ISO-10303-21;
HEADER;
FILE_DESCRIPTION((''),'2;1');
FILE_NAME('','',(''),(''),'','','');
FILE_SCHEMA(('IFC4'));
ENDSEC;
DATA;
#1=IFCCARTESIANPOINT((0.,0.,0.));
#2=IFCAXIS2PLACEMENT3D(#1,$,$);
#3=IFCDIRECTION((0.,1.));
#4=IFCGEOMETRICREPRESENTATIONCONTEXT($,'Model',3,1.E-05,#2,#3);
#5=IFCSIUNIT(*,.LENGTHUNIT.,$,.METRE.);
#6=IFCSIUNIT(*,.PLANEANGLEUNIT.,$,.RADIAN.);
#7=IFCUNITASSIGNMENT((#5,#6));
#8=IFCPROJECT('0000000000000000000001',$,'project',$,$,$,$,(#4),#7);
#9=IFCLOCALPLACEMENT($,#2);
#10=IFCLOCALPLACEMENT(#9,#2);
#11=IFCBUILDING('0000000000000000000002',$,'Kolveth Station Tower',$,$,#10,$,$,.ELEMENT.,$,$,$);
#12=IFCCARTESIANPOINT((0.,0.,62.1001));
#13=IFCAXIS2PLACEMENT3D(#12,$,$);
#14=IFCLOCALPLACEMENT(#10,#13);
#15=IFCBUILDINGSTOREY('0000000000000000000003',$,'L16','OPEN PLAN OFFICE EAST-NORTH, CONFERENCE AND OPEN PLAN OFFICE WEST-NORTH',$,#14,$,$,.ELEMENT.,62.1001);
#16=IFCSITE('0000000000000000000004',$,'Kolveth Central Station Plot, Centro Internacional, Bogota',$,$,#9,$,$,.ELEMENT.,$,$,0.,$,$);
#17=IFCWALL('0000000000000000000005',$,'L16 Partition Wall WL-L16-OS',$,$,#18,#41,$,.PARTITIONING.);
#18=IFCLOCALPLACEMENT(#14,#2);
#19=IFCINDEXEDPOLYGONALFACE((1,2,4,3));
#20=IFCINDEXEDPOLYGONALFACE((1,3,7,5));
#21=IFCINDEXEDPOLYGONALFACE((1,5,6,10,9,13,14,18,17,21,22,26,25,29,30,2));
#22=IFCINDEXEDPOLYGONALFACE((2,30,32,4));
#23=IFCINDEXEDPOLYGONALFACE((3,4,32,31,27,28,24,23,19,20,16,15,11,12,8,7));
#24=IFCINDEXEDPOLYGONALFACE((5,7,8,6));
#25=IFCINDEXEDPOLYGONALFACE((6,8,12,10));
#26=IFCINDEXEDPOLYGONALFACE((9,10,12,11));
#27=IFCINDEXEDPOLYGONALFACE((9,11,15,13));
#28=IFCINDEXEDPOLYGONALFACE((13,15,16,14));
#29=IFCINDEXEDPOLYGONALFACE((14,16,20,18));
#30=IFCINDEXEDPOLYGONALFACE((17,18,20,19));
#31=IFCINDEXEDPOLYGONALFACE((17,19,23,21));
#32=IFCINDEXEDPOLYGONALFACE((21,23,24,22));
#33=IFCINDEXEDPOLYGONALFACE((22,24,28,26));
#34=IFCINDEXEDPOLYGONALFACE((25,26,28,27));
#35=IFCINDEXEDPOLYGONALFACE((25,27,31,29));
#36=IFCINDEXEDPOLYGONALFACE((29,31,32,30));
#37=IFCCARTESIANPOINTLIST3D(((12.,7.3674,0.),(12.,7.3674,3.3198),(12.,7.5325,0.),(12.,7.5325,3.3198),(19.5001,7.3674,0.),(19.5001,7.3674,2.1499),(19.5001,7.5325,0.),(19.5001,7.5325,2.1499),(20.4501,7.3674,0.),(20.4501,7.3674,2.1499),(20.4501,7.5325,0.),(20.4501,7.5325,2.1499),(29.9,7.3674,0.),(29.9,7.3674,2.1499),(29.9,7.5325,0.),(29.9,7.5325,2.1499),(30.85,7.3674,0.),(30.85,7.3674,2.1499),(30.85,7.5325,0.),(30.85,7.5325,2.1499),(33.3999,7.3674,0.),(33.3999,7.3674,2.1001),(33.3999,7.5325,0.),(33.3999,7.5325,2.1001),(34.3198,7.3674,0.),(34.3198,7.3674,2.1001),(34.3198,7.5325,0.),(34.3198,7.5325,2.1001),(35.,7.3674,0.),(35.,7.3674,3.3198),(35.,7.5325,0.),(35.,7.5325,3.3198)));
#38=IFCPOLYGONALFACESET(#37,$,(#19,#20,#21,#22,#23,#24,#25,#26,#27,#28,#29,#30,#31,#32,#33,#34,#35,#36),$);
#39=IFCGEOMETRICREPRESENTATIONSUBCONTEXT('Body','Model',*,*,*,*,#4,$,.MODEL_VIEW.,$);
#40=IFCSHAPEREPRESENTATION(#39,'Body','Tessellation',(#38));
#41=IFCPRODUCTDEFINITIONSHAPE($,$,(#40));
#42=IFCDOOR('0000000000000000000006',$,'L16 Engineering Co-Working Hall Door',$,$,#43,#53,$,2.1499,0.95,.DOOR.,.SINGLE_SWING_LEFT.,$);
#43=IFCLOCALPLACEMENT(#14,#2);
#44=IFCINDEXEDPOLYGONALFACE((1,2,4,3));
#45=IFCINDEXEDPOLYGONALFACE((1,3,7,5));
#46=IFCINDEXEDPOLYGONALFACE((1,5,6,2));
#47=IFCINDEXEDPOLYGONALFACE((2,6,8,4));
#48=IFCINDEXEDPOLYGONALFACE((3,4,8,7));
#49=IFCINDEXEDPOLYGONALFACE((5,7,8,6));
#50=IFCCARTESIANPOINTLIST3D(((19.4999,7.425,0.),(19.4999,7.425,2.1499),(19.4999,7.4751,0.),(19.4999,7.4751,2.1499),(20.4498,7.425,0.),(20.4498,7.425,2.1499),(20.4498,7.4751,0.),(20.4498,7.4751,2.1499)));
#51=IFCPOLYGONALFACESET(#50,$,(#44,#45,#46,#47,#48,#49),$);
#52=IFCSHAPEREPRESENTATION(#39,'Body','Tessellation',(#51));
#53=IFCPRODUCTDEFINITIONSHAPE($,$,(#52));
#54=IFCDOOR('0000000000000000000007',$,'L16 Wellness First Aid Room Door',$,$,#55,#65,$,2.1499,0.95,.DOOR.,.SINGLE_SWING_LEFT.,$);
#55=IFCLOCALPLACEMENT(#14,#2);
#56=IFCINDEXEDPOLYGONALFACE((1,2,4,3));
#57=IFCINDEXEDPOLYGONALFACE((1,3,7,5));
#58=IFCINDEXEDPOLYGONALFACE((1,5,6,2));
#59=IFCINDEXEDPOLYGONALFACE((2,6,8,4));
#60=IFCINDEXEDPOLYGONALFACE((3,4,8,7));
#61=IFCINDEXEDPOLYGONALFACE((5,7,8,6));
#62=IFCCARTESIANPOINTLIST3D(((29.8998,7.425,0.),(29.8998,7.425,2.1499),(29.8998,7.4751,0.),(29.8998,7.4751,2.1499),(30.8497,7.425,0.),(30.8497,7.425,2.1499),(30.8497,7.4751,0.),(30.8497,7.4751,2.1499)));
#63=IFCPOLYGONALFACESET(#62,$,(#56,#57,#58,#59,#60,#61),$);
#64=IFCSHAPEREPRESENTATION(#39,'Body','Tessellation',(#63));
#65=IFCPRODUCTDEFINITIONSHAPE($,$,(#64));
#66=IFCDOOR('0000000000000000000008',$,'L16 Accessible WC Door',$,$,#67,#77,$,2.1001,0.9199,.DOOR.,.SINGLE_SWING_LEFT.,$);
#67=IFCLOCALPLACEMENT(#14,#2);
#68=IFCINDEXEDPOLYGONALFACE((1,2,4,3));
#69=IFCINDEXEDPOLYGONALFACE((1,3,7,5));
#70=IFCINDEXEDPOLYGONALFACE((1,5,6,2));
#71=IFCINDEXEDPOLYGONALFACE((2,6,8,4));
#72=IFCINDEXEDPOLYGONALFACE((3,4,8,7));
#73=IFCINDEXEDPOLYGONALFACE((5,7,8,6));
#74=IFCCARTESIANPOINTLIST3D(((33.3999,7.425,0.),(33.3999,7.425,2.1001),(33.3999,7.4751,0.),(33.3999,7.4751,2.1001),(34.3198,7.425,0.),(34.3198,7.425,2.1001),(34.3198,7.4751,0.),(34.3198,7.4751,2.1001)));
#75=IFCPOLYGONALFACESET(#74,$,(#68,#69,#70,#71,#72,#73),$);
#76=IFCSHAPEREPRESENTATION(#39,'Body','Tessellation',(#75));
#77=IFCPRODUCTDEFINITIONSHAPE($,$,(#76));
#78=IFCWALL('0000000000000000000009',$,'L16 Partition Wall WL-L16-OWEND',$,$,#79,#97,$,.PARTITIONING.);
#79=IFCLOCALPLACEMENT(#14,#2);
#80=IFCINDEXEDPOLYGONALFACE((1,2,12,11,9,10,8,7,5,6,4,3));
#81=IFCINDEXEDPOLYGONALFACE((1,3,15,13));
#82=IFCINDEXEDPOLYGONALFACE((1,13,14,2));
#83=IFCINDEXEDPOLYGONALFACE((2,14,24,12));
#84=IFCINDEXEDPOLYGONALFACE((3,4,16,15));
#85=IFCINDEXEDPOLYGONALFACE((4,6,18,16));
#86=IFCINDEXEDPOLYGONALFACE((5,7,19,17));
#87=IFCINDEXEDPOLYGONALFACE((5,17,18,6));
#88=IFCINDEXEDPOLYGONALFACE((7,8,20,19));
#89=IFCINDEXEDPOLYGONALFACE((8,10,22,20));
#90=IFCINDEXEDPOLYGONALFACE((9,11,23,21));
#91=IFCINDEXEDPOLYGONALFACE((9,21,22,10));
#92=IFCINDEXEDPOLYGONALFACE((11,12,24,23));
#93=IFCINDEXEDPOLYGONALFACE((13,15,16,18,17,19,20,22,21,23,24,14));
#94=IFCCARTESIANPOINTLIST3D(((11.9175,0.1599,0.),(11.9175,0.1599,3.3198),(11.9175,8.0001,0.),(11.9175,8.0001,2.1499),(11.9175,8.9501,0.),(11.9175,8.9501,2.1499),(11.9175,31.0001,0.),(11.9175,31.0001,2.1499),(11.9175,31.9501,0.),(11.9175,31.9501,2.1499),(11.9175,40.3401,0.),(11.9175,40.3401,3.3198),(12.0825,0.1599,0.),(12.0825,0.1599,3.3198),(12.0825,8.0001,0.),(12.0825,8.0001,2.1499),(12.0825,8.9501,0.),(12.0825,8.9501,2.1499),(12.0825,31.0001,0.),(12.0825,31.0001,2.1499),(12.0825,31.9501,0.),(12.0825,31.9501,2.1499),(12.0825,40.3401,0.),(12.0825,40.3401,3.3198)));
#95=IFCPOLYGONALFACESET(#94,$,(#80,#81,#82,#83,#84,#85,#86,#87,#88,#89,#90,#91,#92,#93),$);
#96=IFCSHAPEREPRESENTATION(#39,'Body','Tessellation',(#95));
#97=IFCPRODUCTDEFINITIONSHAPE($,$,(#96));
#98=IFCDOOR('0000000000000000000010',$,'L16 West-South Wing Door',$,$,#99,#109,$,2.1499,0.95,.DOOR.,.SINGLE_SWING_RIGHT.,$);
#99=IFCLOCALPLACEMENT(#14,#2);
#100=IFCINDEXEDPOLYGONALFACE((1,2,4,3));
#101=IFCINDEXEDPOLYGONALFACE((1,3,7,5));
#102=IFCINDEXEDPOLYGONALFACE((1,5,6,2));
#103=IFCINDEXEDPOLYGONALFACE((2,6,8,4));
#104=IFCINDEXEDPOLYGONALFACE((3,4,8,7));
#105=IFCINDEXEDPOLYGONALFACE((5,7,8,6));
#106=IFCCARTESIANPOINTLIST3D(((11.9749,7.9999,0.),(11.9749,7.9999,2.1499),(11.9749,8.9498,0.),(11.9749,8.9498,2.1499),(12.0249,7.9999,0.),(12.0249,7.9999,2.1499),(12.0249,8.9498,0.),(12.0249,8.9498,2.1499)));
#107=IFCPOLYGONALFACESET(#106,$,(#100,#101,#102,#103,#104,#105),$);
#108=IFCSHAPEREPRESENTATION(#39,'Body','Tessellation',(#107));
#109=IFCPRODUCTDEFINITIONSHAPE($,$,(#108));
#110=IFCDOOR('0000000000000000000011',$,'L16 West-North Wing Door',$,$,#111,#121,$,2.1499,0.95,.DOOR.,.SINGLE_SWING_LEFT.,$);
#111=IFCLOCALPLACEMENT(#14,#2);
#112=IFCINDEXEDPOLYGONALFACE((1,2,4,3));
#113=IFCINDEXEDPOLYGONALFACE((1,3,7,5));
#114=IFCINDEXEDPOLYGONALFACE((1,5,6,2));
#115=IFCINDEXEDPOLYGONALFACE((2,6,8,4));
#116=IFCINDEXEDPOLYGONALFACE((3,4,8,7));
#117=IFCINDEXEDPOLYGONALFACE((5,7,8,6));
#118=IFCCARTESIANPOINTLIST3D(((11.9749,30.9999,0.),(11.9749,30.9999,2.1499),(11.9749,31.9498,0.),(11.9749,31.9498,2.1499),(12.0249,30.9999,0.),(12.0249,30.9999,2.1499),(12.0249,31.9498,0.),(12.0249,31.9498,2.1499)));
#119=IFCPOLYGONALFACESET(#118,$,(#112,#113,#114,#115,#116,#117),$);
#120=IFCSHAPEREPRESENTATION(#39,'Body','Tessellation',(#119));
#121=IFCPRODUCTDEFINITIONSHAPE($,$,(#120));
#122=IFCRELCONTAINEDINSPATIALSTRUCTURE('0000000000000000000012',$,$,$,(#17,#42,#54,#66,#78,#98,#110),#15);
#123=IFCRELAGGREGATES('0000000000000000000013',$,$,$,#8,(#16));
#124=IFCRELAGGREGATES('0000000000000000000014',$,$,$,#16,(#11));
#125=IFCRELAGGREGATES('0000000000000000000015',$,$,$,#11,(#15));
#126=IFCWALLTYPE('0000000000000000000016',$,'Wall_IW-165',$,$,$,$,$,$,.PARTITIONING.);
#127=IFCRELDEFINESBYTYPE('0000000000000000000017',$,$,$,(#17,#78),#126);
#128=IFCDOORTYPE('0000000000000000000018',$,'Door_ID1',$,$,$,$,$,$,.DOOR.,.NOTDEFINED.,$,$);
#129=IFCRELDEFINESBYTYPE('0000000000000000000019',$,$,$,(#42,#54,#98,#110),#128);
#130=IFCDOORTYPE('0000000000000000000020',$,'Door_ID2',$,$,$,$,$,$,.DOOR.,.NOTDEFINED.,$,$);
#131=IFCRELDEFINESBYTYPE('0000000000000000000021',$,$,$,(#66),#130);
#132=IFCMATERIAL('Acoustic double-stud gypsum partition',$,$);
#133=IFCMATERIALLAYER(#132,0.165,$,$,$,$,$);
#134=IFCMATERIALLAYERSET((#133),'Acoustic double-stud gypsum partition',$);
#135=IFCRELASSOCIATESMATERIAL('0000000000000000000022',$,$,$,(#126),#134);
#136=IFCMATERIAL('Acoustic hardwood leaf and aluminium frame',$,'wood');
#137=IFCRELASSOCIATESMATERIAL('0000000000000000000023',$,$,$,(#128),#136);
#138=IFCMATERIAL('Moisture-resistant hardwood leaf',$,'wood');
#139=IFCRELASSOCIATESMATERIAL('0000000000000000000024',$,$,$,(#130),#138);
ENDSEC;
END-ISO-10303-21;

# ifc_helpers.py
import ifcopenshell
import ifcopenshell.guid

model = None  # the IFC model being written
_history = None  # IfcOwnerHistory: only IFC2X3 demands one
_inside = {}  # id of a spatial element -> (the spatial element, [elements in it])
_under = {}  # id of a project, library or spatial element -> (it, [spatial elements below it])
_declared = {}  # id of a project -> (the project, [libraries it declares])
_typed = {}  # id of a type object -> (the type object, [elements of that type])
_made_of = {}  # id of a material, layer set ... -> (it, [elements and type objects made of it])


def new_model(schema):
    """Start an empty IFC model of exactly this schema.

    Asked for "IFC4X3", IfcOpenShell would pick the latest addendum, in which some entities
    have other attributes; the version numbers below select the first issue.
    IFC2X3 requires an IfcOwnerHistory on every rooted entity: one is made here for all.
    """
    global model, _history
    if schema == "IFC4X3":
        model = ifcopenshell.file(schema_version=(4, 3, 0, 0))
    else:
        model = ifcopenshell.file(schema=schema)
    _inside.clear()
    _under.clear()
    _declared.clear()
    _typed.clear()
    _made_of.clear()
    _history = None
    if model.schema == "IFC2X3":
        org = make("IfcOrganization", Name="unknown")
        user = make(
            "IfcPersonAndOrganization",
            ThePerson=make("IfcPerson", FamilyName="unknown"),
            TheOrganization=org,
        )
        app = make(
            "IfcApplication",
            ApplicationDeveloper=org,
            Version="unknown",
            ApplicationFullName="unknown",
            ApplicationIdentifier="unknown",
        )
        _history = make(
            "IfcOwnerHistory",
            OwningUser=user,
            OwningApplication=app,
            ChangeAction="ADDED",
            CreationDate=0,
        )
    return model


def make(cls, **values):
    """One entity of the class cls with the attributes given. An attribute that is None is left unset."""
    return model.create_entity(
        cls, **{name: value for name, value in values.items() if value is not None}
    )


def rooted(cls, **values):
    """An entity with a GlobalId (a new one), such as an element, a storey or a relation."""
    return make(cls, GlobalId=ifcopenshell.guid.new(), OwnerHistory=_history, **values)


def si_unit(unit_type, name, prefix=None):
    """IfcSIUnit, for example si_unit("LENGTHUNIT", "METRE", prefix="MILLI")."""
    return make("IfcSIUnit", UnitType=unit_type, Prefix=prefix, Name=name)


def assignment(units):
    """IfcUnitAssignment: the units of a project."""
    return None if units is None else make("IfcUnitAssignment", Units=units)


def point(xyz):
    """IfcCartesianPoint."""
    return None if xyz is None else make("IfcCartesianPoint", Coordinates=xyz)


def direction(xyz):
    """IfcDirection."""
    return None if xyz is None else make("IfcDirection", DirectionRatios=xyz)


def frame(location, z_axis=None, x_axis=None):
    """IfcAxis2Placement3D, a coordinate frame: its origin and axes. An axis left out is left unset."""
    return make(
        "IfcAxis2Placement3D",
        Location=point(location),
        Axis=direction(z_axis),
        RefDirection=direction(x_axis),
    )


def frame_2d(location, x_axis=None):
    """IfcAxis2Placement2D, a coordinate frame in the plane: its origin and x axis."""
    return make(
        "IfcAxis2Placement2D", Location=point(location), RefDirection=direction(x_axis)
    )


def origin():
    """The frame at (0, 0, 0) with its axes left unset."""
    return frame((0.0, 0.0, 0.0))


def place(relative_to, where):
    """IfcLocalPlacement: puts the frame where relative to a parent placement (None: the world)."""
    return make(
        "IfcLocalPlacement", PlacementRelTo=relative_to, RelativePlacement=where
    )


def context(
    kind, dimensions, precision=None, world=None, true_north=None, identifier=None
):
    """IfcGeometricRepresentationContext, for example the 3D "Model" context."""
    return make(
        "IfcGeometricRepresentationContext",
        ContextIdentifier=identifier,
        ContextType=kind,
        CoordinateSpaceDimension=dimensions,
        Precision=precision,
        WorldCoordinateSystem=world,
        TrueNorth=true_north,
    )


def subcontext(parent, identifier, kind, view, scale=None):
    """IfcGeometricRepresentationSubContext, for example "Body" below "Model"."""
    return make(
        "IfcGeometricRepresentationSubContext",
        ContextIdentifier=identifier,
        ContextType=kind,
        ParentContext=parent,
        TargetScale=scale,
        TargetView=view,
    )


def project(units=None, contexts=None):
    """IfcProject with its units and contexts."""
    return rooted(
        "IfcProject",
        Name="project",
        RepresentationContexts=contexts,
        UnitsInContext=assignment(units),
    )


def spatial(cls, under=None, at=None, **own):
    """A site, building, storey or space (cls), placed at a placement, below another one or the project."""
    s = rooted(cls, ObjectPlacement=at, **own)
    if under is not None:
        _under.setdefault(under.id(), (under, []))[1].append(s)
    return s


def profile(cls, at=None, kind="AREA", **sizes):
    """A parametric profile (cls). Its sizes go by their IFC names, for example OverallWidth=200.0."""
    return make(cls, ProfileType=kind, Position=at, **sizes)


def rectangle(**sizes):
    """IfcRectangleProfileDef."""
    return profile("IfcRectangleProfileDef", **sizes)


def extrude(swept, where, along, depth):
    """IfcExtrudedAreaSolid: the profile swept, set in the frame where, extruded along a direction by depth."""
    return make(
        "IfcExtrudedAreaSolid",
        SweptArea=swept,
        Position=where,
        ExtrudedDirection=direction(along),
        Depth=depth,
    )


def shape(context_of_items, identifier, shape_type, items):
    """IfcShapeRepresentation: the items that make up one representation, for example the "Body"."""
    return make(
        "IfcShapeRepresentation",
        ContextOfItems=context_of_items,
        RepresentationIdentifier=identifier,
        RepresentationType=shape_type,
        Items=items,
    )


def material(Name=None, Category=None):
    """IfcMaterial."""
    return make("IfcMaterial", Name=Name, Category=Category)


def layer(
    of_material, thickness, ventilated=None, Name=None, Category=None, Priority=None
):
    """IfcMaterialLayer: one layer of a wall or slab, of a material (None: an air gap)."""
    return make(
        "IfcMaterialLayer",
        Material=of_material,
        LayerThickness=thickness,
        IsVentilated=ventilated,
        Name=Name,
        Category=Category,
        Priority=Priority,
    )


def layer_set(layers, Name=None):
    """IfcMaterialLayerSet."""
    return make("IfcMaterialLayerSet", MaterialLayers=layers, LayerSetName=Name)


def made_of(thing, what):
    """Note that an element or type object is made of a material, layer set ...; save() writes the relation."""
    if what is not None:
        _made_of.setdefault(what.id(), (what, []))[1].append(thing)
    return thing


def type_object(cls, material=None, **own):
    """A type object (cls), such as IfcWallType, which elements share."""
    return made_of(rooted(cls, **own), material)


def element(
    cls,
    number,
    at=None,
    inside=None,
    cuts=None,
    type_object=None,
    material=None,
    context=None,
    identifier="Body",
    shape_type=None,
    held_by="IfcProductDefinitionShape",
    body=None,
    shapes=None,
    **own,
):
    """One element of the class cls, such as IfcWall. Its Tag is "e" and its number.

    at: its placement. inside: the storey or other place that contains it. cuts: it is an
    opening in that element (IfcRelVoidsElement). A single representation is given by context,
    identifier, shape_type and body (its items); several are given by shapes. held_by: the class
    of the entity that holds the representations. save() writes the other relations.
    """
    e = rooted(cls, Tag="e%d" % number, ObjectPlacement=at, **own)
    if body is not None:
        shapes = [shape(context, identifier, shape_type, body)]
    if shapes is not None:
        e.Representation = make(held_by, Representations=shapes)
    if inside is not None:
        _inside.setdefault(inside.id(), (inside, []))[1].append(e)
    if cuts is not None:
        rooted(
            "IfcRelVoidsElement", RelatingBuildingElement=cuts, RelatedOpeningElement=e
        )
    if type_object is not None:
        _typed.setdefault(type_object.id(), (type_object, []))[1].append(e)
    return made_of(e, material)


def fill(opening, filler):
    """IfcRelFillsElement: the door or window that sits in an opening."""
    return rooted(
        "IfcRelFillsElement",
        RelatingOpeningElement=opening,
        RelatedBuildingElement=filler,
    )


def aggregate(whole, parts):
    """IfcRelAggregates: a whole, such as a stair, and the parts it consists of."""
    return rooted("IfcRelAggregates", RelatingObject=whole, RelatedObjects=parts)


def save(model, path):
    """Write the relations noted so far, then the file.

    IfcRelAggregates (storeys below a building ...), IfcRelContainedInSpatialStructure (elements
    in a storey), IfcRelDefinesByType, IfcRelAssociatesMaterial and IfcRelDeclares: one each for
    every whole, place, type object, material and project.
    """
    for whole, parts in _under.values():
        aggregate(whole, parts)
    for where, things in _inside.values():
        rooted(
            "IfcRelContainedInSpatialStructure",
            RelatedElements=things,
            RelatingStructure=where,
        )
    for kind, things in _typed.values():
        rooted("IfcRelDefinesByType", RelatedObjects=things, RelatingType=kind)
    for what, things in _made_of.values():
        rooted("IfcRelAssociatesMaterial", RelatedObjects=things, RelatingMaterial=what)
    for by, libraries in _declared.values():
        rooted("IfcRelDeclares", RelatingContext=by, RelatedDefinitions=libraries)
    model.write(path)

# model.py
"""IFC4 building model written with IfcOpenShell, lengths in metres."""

from ifc_helpers import new_model, si_unit, direction, frame, frame_2d, origin, place, context, subcontext, project, spatial, rectangle, extrude, material, layer, layer_set, type_object, element, fill, save


model = new_model("IFC4")

# Units and contexts
model_context = context("Model", 3, precision=1e-05, world=origin(), true_north=direction((0.0, 1.0)))
body_context = subcontext(model_context, "Body", "Model", "MODEL_VIEW")
ifc_project = project(units=[si_unit("LENGTHUNIT", "METRE"), si_unit("PLANEANGLEUNIT", "RADIAN")], contexts=[model_context])

# Site, building, storey
site_placement = place(None, origin())
site = spatial("IfcSite", under=ifc_project, at=site_placement, Name="Kolveth Central Station Plot, Centro Internacional, Bogota", CompositionType="ELEMENT", RefElevation=0.0)
building_placement = place(site_placement, origin())
building = spatial("IfcBuilding", under=site, at=building_placement, Name="Kolveth Station Tower", CompositionType="ELEMENT")
storey_placement = place(building_placement, frame((0.0, 0.0, 62.1001)))
storey = spatial("IfcBuildingStorey", under=building, at=storey_placement, Name="L16", Description="OPEN PLAN OFFICE EAST-NORTH, CONFERENCE AND OPEN PLAN OFFICE WEST-NORTH", CompositionType="ELEMENT", Elevation=62.1001)

# Walls, openings, doors
ifc_material_1 = material(Name="Acoustic double-stud gypsum partition")
ifc_layer_1 = layer(ifc_material_1, 0.165)
ifc_layer_set_1 = layer_set([ifc_layer_1], Name="Acoustic double-stud gypsum partition")
wall_type = type_object("IfcWallType", Name="Wall_IW-165", PredefinedType="PARTITIONING", material=ifc_layer_set_1)
wall_1_placement = place(storey_placement, frame((12.0, 7.45, 0.0), z_axis=(0.0, 0.0, 1.0), x_axis=(1.0, 0.0, 0.0)))
wall_1 = element("IfcWall", 1, at=wall_1_placement, inside=storey, type_object=wall_type, Name="L16 Partition Wall WL-L16-OS", PredefinedType="PARTITIONING", context=body_context, shape_type="SweptSolid", body=[
    extrude(rectangle(XDim=23.0, YDim=0.165, at=frame_2d((11.5, 0.0))), origin(), (0.0, 0.0, 1.0), 3.3198),
])
opening_1_placement = place(wall_1_placement, frame((7.5, 0.0, 0.0)))
opening_1 = element("IfcOpeningElement", 2, at=opening_1_placement, cuts=wall_1, PredefinedType="OPENING", context=body_context, shape_type="SweptSolid", body=[
    extrude(rectangle(XDim=0.95, YDim=2.1499, at=frame_2d((0.4751, 1.075))), frame((0.0, 0.0925, 0.0), z_axis=(0.0, -1.0, 0.0), x_axis=(1.0, 0.0, 0.0)), (0.0, 0.0, 1.0), 0.1851),
])
opening_2_placement = place(wall_1_placement, frame((17.8999, 0.0, 0.0)))
opening_2 = element("IfcOpeningElement", 3, at=opening_2_placement, cuts=wall_1, PredefinedType="OPENING", context=body_context, shape_type="SweptSolid", body=[
    extrude(rectangle(XDim=0.95, YDim=2.1499, at=frame_2d((0.4751, 1.075))), frame((0.0, 0.0925, 0.0), z_axis=(0.0, -1.0, 0.0), x_axis=(1.0, 0.0, 0.0)), (0.0, 0.0, 1.0), 0.1851),
])
opening_3_placement = place(wall_1_placement, frame((21.3999, 0.0, 0.0)))
opening_3 = element("IfcOpeningElement", 4, at=opening_3_placement, cuts=wall_1, PredefinedType="OPENING", context=body_context, shape_type="SweptSolid", body=[
    extrude(rectangle(XDim=0.9199, YDim=2.1001, at=frame_2d((0.46, 1.05))), frame((0.0, 0.0925, 0.0), z_axis=(0.0, -1.0, 0.0), x_axis=(1.0, 0.0, 0.0)), (0.0, 0.0, 1.0), 0.1851),
])
ifc_material_2 = material(Name="Acoustic hardwood leaf and aluminium frame", Category="wood")
door_type_1 = type_object("IfcDoorType", Name="Door_ID1", OperationType="NOTDEFINED", PredefinedType="DOOR", material=ifc_material_2)
door_1_placement = place(opening_1_placement, frame((0.95, 0.0, 0.0), z_axis=(0.0, 0.0, 1.0), x_axis=(-1.0, 0.0, 0.0)))
door_1 = element("IfcDoor", 5, at=door_1_placement, inside=storey, type_object=door_type_1, Name="L16 Engineering Co-Working Hall Door", OperationType="SINGLE_SWING_LEFT", OverallHeight=2.1499, OverallWidth=0.95, PredefinedType="DOOR", context=body_context, shape_type="SweptSolid", body=[
    extrude(rectangle(XDim=0.95, YDim=2.1499, at=frame_2d((0.4751, 1.075))), frame((0.0, 0.0249, 0.0), z_axis=(0.0, -1.0, 0.0), x_axis=(1.0, 0.0, 0.0)), (0.0, 0.0, 1.0), 0.05),
])
fill(opening_1, door_1)
door_2_placement = place(opening_2_placement, frame((0.95, 0.0, 0.0), z_axis=(0.0, 0.0, 1.0), x_axis=(-1.0, 0.0, 0.0)))
door_2 = element("IfcDoor", 6, at=door_2_placement, inside=storey, type_object=door_type_1, Name="L16 Wellness First Aid Room Door", OperationType="SINGLE_SWING_LEFT", OverallHeight=2.1499, OverallWidth=0.95, PredefinedType="DOOR", context=body_context, shape_type="SweptSolid", body=[
    extrude(rectangle(XDim=0.95, YDim=2.1499, at=frame_2d((0.4751, 1.075))), frame((0.0, 0.0249, 0.0), z_axis=(0.0, -1.0, 0.0), x_axis=(1.0, 0.0, 0.0)), (0.0, 0.0, 1.0), 0.05),
])
fill(opening_2, door_2)
ifc_material_3 = material(Name="Moisture-resistant hardwood leaf", Category="wood")
door_type_2 = type_object("IfcDoorType", Name="Door_ID2", OperationType="NOTDEFINED", PredefinedType="DOOR", material=ifc_material_3)
door_3_placement = place(opening_3_placement, frame((0.9199, 0.0, 0.0), z_axis=(0.0, 0.0, 1.0), x_axis=(-1.0, 0.0, 0.0)))
door_3 = element("IfcDoor", 7, at=door_3_placement, inside=storey, type_object=door_type_2, Name="L16 Accessible WC Door", OperationType="SINGLE_SWING_LEFT", OverallHeight=2.1001, OverallWidth=0.9199, PredefinedType="DOOR", context=body_context, shape_type="SweptSolid", body=[
    extrude(rectangle(XDim=0.9199, YDim=2.1001, at=frame_2d((0.46, 1.05))), frame((0.0, 0.0249, 0.0), z_axis=(0.0, -1.0, 0.0), x_axis=(1.0, 0.0, 0.0)), (0.0, 0.0, 1.0), 0.05),
])
fill(opening_3, door_3)
wall_2_placement = place(storey_placement, frame((12.0, 0.1599, 0.0), z_axis=(0.0, 0.0, 1.0), x_axis=(0.0, 1.0, 0.0)))
wall_2 = element("IfcWall", 8, at=wall_2_placement, inside=storey, type_object=wall_type, Name="L16 Partition Wall WL-L16-OWEND", PredefinedType="PARTITIONING", context=body_context, shape_type="SweptSolid", body=[
    extrude(rectangle(XDim=40.1802, YDim=0.165, at=frame_2d((20.0901, 0.0))), origin(), (0.0, 0.0, 1.0), 3.3198),
])
opening_4_placement = place(wall_2_placement, frame((7.8401, 0.0, 0.0)))
opening_4 = element("IfcOpeningElement", 9, at=opening_4_placement, cuts=wall_2, PredefinedType="OPENING", context=body_context, shape_type="SweptSolid", body=[
    extrude(rectangle(XDim=0.95, YDim=2.1499, at=frame_2d((0.4751, 1.075))), frame((0.0, 0.0925, 0.0), z_axis=(0.0, -1.0, 0.0), x_axis=(1.0, 0.0, 0.0)), (0.0, 0.0, 1.0), 0.1851),
])
opening_5_placement = place(wall_2_placement, frame((30.8401, 0.0, 0.0)))
opening_5 = element("IfcOpeningElement", 10, at=opening_5_placement, cuts=wall_2, PredefinedType="OPENING", context=body_context, shape_type="SweptSolid", body=[
    extrude(rectangle(XDim=0.95, YDim=2.1499, at=frame_2d((0.4751, 1.075))), frame((0.0, 0.0925, 0.0), z_axis=(0.0, -1.0, 0.0), x_axis=(1.0, 0.0, 0.0)), (0.0, 0.0, 1.0), 0.1851),
])
door_4_placement = place(opening_4_placement, frame((0.95, 0.0, 0.0), z_axis=(0.0, 0.0, 1.0), x_axis=(-1.0, 0.0, 0.0)))
door_4 = element("IfcDoor", 11, at=door_4_placement, inside=storey, type_object=door_type_1, Name="L16 West-South Wing Door", OperationType="SINGLE_SWING_RIGHT", OverallHeight=2.1499, OverallWidth=0.95, PredefinedType="DOOR", context=body_context, shape_type="SweptSolid", body=[
    extrude(rectangle(XDim=0.95, YDim=2.1499, at=frame_2d((0.4751, 1.075))), frame((0.0, 0.0249, 0.0), z_axis=(0.0, -1.0, 0.0), x_axis=(1.0, 0.0, 0.0)), (0.0, 0.0, 1.0), 0.05),
])
fill(opening_4, door_4)
door_5_placement = place(opening_5_placement, frame((0.95, 0.0, 0.0), z_axis=(0.0, 0.0, 1.0), x_axis=(-1.0, 0.0, 0.0)))
door_5 = element("IfcDoor", 12, at=door_5_placement, inside=storey, type_object=door_type_1, Name="L16 West-North Wing Door", OperationType="SINGLE_SWING_LEFT", OverallHeight=2.1499, OverallWidth=0.95, PredefinedType="DOOR", context=body_context, shape_type="SweptSolid", body=[
    extrude(rectangle(XDim=0.95, YDim=2.1499, at=frame_2d((0.4751, 1.075))), frame((0.0, 0.0249, 0.0), z_axis=(0.0, -1.0, 0.0), x_axis=(1.0, 0.0, 0.0)), (0.0, 0.0, 1.0), 0.05),
])
fill(opening_5, door_5)

save(model, "model.ifc")
